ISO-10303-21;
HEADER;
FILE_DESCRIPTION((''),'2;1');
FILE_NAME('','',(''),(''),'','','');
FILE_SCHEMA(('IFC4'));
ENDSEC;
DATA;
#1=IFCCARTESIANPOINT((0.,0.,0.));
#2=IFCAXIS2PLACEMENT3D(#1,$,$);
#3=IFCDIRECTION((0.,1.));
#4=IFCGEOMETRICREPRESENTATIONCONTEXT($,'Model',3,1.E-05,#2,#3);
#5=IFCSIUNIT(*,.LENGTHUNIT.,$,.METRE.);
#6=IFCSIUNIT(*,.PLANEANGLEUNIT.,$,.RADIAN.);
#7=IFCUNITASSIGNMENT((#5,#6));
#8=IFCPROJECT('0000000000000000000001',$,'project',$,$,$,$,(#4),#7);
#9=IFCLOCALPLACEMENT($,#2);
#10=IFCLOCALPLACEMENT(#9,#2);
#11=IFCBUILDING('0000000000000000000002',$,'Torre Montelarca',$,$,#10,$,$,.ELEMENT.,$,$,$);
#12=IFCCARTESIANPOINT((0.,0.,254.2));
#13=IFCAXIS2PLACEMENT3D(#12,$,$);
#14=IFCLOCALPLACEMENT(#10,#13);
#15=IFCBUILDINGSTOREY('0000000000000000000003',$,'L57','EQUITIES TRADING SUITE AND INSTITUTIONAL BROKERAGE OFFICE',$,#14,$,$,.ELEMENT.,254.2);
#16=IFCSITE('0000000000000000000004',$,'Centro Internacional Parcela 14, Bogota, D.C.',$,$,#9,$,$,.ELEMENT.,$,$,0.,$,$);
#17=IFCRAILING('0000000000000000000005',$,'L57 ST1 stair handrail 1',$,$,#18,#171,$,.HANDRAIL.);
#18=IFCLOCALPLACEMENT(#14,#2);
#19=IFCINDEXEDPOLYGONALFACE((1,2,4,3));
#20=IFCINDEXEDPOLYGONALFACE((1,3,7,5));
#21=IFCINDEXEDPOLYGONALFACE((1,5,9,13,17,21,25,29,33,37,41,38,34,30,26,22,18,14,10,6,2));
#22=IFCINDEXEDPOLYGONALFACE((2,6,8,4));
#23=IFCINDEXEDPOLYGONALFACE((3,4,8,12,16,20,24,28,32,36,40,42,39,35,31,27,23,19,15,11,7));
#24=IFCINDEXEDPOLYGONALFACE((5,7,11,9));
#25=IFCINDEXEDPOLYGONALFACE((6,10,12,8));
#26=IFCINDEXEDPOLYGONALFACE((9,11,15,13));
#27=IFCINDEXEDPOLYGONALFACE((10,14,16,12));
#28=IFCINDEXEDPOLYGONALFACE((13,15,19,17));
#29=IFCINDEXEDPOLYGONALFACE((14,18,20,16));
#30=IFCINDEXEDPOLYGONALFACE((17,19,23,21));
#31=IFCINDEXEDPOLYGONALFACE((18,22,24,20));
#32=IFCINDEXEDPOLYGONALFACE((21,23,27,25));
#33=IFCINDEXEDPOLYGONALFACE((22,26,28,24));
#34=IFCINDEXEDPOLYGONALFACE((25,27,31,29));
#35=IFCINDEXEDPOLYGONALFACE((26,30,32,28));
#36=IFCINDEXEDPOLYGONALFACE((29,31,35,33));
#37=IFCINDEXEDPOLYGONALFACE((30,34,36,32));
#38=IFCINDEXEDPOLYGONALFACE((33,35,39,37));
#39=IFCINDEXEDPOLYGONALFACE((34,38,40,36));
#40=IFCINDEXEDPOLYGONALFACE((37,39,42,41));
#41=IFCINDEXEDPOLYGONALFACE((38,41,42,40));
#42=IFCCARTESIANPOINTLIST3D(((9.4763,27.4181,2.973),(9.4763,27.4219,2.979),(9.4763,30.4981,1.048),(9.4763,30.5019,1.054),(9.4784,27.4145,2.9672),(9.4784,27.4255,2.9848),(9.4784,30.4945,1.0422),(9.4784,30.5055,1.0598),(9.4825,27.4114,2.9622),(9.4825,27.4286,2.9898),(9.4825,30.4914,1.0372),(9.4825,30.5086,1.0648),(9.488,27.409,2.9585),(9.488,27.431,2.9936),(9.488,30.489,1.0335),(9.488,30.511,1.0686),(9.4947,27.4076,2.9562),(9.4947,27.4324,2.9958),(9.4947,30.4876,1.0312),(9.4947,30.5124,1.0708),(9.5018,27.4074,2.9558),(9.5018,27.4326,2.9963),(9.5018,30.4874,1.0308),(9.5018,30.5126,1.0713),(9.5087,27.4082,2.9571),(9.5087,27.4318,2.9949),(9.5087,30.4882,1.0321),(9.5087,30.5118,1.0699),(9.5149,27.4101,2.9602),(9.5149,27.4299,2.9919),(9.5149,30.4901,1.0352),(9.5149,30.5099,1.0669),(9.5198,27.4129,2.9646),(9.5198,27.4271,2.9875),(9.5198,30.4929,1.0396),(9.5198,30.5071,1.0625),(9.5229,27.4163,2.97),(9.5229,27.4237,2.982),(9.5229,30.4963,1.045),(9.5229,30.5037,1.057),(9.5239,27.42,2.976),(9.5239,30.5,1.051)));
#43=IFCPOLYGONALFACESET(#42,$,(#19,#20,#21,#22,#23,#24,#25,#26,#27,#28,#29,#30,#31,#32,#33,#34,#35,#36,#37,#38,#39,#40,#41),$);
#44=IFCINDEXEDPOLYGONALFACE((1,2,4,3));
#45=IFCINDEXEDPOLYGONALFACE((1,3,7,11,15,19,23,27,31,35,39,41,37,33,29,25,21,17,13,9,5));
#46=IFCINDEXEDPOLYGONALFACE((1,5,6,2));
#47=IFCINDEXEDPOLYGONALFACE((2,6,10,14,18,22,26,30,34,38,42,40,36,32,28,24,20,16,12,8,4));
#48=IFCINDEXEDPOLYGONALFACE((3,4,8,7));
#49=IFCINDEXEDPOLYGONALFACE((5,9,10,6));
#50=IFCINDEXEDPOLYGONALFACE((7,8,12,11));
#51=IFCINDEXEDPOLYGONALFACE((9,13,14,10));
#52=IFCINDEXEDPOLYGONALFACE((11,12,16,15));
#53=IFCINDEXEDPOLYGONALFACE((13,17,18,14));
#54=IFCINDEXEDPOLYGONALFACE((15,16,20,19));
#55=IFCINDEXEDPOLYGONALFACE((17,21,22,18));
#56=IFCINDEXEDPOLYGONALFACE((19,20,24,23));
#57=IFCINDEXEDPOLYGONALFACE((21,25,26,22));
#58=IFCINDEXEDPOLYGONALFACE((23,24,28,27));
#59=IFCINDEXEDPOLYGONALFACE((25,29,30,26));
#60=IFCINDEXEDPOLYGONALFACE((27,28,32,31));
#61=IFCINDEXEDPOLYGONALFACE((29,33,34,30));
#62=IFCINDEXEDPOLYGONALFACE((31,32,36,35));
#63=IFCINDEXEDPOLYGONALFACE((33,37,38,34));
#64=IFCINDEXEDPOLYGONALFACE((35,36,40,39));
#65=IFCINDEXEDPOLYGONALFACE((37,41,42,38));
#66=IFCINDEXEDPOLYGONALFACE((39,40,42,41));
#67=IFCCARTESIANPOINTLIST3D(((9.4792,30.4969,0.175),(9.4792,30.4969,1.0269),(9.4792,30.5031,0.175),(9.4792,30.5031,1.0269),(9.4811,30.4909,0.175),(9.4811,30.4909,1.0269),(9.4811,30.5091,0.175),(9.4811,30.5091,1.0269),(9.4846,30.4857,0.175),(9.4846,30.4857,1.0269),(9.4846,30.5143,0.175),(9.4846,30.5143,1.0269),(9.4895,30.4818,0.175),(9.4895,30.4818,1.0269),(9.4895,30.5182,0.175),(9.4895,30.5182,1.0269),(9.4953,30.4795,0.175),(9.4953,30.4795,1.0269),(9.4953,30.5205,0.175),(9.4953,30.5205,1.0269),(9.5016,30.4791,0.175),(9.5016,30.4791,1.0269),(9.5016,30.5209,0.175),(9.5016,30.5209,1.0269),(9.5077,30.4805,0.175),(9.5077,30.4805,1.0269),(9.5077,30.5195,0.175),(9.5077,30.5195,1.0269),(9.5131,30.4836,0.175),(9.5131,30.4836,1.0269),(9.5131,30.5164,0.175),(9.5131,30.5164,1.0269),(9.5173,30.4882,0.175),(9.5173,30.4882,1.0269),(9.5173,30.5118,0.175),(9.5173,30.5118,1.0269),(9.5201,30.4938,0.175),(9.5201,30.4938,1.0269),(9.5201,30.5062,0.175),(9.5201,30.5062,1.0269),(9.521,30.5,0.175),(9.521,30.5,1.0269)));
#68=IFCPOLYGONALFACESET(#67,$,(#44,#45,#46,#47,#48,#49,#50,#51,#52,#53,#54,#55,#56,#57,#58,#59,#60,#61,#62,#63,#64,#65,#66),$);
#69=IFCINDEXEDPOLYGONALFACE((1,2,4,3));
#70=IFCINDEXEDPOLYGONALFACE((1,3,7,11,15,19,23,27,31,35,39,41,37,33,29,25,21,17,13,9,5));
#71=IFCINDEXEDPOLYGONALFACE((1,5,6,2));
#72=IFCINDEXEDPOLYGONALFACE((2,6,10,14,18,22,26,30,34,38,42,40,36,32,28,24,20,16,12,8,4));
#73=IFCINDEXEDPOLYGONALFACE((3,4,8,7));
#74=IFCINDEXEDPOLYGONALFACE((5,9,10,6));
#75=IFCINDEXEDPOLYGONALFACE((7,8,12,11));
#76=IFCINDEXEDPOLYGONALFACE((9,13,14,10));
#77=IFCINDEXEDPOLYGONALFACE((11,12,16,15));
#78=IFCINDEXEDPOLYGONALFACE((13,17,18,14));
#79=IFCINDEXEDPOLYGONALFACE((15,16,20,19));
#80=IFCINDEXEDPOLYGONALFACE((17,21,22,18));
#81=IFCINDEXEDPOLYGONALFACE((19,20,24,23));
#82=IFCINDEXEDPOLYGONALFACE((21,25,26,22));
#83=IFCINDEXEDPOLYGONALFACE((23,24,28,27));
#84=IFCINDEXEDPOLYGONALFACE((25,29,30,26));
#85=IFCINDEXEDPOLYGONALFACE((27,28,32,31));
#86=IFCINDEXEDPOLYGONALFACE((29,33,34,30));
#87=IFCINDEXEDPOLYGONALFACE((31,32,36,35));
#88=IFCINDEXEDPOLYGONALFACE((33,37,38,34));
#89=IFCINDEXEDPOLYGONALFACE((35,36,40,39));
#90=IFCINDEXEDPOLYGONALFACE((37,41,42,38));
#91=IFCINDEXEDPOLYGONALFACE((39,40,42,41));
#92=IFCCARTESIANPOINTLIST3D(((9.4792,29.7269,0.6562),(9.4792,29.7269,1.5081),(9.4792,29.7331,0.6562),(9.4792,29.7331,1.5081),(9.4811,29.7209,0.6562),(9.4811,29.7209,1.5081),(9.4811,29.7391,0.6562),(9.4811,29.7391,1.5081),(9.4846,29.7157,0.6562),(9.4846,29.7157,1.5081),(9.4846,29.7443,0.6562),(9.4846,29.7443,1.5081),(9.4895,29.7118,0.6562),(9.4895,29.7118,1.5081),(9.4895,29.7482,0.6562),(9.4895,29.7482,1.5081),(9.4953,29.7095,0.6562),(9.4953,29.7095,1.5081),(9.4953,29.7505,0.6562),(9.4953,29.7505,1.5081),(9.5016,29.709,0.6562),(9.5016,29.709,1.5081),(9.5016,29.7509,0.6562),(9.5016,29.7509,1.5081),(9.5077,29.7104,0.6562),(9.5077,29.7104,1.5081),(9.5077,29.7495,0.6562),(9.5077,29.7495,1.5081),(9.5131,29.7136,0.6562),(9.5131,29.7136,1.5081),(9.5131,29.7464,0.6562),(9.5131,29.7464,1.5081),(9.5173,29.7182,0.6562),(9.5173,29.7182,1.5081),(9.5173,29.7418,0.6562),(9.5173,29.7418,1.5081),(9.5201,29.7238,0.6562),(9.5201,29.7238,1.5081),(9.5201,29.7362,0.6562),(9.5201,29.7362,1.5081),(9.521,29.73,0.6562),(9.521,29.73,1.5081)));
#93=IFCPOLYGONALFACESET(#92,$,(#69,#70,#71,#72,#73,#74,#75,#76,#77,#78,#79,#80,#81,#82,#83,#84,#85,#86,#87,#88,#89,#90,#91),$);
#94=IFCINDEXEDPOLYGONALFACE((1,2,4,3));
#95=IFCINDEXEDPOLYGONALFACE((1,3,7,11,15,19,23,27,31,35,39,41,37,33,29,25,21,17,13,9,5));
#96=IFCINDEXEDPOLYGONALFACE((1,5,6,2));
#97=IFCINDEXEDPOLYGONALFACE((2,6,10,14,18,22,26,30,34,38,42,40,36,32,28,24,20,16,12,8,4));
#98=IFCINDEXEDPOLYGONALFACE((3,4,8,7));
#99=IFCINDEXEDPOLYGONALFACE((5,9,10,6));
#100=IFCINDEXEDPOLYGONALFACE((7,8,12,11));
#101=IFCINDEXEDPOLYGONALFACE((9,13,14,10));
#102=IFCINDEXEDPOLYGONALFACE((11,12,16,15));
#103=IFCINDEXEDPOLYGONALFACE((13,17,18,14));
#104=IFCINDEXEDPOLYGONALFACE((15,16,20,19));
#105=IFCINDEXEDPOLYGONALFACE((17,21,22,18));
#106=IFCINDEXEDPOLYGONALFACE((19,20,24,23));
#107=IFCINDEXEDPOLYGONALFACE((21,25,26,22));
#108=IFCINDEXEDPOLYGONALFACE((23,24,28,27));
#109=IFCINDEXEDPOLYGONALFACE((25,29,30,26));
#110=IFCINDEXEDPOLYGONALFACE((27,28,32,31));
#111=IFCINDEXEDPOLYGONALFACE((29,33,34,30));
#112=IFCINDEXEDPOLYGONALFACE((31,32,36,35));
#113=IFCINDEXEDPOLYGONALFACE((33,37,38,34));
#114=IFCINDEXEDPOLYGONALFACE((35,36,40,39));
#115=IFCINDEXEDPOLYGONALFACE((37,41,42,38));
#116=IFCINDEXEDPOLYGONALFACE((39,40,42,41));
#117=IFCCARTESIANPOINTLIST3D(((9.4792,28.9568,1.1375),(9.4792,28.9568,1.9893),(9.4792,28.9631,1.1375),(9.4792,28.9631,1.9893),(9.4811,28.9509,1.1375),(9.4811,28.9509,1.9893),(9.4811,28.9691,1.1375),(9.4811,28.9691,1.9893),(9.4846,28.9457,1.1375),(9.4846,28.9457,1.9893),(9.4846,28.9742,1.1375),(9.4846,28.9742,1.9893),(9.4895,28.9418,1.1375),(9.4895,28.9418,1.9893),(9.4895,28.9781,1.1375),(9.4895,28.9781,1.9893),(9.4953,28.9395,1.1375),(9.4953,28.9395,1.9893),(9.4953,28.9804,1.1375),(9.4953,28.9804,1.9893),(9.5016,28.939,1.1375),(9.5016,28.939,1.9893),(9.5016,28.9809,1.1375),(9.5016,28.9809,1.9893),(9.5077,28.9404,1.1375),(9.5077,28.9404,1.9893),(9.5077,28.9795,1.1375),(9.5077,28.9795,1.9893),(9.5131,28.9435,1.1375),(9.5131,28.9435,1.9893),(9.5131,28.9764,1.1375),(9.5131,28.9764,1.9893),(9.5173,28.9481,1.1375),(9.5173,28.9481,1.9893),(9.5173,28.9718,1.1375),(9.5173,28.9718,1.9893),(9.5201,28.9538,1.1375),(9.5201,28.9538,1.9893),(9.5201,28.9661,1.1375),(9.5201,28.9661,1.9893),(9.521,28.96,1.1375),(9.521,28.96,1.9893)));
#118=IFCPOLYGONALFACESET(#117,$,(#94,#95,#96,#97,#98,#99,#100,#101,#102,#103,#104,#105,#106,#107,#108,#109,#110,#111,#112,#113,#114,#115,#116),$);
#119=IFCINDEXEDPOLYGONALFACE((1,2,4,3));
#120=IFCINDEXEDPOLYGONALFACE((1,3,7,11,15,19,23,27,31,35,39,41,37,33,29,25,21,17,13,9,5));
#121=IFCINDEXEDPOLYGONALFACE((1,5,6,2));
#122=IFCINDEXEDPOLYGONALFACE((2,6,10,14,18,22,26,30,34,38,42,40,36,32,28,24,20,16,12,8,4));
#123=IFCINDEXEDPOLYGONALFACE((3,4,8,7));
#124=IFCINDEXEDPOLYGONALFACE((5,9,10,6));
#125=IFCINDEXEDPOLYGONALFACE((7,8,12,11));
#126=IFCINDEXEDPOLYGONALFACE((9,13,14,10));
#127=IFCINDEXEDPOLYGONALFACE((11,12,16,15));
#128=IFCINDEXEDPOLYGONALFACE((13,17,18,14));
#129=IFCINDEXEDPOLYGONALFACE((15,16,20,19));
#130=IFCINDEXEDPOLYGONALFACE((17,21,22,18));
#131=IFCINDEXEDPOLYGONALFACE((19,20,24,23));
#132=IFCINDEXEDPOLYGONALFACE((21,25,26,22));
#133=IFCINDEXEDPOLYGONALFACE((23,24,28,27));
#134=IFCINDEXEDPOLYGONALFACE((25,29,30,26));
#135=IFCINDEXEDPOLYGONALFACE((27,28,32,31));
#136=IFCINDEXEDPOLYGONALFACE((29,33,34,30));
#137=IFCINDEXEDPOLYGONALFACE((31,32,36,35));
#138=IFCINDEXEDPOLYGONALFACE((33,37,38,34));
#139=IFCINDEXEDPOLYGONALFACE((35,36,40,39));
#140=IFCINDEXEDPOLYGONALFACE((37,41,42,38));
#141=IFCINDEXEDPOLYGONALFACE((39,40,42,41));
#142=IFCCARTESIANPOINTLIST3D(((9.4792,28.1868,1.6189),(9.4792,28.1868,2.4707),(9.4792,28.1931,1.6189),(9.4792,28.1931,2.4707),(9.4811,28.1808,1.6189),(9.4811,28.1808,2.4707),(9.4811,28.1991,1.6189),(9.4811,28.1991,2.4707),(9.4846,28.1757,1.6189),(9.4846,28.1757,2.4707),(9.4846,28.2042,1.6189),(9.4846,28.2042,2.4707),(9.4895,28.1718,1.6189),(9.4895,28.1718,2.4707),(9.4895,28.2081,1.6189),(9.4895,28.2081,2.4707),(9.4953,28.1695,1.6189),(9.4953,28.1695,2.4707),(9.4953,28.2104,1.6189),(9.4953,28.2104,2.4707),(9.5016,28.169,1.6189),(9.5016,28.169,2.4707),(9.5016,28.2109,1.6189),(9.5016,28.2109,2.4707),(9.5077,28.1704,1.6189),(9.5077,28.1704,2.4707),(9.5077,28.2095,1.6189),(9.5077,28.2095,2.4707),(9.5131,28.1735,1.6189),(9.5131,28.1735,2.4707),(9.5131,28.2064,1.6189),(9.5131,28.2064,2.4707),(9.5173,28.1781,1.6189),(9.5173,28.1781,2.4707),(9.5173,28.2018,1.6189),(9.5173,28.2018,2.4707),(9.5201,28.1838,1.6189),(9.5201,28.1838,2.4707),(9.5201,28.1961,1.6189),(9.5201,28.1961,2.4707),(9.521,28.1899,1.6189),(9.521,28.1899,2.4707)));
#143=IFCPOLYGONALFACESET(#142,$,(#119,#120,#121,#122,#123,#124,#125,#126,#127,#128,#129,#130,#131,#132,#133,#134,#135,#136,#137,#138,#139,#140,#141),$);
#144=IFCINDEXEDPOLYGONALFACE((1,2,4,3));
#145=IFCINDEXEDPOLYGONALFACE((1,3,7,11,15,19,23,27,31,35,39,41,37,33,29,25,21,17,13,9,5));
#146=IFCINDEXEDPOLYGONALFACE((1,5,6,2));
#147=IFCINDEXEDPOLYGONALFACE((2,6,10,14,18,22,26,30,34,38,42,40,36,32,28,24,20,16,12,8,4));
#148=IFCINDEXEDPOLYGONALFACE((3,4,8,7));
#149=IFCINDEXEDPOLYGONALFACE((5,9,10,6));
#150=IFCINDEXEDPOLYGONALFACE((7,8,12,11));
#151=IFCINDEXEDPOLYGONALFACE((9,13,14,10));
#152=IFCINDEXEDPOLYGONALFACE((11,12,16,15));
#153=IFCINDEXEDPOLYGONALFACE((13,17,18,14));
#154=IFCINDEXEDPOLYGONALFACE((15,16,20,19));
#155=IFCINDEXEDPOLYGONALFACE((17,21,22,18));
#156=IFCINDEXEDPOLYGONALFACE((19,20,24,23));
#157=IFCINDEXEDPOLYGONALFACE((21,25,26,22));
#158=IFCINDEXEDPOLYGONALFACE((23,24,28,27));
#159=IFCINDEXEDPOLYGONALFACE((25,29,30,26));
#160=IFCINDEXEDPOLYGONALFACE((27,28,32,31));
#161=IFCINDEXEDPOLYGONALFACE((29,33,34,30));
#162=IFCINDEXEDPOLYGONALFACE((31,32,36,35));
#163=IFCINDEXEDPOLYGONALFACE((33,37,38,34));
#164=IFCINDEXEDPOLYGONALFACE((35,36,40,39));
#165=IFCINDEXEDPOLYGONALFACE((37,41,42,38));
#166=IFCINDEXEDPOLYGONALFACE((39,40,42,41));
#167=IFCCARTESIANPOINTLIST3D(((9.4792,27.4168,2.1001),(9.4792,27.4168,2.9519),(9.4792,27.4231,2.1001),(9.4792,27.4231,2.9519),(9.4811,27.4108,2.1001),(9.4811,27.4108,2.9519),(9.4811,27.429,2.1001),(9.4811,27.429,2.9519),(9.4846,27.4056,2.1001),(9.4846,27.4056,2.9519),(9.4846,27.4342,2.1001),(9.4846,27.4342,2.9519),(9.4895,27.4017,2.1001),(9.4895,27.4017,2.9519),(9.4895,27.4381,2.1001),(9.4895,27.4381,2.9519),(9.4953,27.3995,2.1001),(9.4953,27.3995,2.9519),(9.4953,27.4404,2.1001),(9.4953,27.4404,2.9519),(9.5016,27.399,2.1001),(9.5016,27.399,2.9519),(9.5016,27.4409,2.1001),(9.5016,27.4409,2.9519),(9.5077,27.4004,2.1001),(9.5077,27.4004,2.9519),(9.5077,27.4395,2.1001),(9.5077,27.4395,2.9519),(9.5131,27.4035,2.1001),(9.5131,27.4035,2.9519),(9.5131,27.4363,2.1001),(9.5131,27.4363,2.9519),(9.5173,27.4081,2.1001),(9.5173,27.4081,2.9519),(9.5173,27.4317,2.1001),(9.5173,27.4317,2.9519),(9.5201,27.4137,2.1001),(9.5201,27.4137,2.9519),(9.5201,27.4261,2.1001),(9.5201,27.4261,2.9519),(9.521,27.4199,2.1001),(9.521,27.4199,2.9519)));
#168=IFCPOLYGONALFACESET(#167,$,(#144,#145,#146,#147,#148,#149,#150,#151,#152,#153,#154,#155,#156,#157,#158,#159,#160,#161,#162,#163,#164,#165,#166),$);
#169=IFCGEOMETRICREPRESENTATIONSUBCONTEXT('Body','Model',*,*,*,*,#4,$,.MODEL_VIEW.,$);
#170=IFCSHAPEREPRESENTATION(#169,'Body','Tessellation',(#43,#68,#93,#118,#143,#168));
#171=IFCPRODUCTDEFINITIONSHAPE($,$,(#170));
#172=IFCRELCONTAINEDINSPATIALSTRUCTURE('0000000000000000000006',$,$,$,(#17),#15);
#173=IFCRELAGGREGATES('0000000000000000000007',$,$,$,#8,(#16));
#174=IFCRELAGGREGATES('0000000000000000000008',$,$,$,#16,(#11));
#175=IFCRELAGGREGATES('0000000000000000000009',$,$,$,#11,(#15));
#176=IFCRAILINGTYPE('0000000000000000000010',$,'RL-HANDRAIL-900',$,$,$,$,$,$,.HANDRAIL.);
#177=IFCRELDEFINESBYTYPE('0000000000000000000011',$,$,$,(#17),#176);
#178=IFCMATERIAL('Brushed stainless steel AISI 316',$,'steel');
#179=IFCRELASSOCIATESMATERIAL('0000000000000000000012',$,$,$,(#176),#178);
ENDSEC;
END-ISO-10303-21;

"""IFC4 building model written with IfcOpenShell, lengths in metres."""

from ifc_helpers import new_model, si_unit, direction, frame, origin, origin_2d, place, context, subcontext, project, spatial, circle, extrude, material, type_object, element, save


model = new_model("IFC4")

# Units and contexts
model_context = context("Model", 3, precision=1e-05, world=origin(), true_north=direction((0.0, 1.0)))
body_context = subcontext(model_context, "Body", "Model", "MODEL_VIEW")
ifc_project = project(units=[si_unit("LENGTHUNIT", "METRE"), si_unit("PLANEANGLEUNIT", "RADIAN")], contexts=[model_context])

# Site, building, storey
site_placement = place(None, origin())
site = spatial("IfcSite", under=ifc_project, at=site_placement, Name="Centro Internacional Parcela 14, Bogota, D.C.", CompositionType="ELEMENT", RefElevation=0.0)
building_placement = place(site_placement, origin())
building = spatial("IfcBuilding", under=site, at=building_placement, Name="Torre Montelarca", CompositionType="ELEMENT")
storey_placement = place(building_placement, frame((0.0, 0.0, 254.2)))
storey = spatial("IfcBuildingStorey", under=building, at=storey_placement, Name="L57", Description="EQUITIES TRADING SUITE AND INSTITUTIONAL BROKERAGE OFFICE", CompositionType="ELEMENT", Elevation=254.2)

# Shared definitions
ifc_material_1 = material(Name="Brushed stainless steel AISI 316", Category="steel")

# Railing
railing_type_1 = type_object("IfcRailingType", Name="RL-HANDRAIL-900", PredefinedType="HANDRAIL", material=ifc_material_1)
railing_1_placement = place(storey_placement, frame((9.5, 30.5, 0.175)))
element("IfcRailing", 1, at=railing_1_placement, inside=storey, type_object=railing_type_1, Name="L57 ST1 stair handrail 1", PredefinedType="HANDRAIL", context=body_context, shape_type="SweptSolid", body=[
    extrude(circle(Radius=0.0239, at=origin_2d()), frame((0.0, 0.0, 0.876), z_axis=(0.0, -0.847998, 0.529999), x_axis=(1.0, 0.0, 0.0)), (0.0, 0.0, 1.0), 3.6321),
    extrude(circle(Radius=0.021, at=origin_2d()), origin(), (0.0, 0.0, 1.0), 0.8518),
    extrude(circle(Radius=0.021, at=origin_2d()), frame((0.0, -0.77, 0.4812)), (0.0, 0.0, 1.0), 0.8518),
    extrude(circle(Radius=0.021, at=origin_2d()), frame((0.0, -1.54, 0.9624)), (0.0, 0.0, 1.0), 0.8518),
    extrude(circle(Radius=0.021, at=origin_2d()), frame((0.0, -2.3101, 1.4438)), (0.0, 0.0, 1.0), 0.8518),
    extrude(circle(Radius=0.021, at=origin_2d()), frame((0.0, -3.0801, 1.925)), (0.0, 0.0, 1.0), 0.8518),
])

save(model, "model.ifc")
